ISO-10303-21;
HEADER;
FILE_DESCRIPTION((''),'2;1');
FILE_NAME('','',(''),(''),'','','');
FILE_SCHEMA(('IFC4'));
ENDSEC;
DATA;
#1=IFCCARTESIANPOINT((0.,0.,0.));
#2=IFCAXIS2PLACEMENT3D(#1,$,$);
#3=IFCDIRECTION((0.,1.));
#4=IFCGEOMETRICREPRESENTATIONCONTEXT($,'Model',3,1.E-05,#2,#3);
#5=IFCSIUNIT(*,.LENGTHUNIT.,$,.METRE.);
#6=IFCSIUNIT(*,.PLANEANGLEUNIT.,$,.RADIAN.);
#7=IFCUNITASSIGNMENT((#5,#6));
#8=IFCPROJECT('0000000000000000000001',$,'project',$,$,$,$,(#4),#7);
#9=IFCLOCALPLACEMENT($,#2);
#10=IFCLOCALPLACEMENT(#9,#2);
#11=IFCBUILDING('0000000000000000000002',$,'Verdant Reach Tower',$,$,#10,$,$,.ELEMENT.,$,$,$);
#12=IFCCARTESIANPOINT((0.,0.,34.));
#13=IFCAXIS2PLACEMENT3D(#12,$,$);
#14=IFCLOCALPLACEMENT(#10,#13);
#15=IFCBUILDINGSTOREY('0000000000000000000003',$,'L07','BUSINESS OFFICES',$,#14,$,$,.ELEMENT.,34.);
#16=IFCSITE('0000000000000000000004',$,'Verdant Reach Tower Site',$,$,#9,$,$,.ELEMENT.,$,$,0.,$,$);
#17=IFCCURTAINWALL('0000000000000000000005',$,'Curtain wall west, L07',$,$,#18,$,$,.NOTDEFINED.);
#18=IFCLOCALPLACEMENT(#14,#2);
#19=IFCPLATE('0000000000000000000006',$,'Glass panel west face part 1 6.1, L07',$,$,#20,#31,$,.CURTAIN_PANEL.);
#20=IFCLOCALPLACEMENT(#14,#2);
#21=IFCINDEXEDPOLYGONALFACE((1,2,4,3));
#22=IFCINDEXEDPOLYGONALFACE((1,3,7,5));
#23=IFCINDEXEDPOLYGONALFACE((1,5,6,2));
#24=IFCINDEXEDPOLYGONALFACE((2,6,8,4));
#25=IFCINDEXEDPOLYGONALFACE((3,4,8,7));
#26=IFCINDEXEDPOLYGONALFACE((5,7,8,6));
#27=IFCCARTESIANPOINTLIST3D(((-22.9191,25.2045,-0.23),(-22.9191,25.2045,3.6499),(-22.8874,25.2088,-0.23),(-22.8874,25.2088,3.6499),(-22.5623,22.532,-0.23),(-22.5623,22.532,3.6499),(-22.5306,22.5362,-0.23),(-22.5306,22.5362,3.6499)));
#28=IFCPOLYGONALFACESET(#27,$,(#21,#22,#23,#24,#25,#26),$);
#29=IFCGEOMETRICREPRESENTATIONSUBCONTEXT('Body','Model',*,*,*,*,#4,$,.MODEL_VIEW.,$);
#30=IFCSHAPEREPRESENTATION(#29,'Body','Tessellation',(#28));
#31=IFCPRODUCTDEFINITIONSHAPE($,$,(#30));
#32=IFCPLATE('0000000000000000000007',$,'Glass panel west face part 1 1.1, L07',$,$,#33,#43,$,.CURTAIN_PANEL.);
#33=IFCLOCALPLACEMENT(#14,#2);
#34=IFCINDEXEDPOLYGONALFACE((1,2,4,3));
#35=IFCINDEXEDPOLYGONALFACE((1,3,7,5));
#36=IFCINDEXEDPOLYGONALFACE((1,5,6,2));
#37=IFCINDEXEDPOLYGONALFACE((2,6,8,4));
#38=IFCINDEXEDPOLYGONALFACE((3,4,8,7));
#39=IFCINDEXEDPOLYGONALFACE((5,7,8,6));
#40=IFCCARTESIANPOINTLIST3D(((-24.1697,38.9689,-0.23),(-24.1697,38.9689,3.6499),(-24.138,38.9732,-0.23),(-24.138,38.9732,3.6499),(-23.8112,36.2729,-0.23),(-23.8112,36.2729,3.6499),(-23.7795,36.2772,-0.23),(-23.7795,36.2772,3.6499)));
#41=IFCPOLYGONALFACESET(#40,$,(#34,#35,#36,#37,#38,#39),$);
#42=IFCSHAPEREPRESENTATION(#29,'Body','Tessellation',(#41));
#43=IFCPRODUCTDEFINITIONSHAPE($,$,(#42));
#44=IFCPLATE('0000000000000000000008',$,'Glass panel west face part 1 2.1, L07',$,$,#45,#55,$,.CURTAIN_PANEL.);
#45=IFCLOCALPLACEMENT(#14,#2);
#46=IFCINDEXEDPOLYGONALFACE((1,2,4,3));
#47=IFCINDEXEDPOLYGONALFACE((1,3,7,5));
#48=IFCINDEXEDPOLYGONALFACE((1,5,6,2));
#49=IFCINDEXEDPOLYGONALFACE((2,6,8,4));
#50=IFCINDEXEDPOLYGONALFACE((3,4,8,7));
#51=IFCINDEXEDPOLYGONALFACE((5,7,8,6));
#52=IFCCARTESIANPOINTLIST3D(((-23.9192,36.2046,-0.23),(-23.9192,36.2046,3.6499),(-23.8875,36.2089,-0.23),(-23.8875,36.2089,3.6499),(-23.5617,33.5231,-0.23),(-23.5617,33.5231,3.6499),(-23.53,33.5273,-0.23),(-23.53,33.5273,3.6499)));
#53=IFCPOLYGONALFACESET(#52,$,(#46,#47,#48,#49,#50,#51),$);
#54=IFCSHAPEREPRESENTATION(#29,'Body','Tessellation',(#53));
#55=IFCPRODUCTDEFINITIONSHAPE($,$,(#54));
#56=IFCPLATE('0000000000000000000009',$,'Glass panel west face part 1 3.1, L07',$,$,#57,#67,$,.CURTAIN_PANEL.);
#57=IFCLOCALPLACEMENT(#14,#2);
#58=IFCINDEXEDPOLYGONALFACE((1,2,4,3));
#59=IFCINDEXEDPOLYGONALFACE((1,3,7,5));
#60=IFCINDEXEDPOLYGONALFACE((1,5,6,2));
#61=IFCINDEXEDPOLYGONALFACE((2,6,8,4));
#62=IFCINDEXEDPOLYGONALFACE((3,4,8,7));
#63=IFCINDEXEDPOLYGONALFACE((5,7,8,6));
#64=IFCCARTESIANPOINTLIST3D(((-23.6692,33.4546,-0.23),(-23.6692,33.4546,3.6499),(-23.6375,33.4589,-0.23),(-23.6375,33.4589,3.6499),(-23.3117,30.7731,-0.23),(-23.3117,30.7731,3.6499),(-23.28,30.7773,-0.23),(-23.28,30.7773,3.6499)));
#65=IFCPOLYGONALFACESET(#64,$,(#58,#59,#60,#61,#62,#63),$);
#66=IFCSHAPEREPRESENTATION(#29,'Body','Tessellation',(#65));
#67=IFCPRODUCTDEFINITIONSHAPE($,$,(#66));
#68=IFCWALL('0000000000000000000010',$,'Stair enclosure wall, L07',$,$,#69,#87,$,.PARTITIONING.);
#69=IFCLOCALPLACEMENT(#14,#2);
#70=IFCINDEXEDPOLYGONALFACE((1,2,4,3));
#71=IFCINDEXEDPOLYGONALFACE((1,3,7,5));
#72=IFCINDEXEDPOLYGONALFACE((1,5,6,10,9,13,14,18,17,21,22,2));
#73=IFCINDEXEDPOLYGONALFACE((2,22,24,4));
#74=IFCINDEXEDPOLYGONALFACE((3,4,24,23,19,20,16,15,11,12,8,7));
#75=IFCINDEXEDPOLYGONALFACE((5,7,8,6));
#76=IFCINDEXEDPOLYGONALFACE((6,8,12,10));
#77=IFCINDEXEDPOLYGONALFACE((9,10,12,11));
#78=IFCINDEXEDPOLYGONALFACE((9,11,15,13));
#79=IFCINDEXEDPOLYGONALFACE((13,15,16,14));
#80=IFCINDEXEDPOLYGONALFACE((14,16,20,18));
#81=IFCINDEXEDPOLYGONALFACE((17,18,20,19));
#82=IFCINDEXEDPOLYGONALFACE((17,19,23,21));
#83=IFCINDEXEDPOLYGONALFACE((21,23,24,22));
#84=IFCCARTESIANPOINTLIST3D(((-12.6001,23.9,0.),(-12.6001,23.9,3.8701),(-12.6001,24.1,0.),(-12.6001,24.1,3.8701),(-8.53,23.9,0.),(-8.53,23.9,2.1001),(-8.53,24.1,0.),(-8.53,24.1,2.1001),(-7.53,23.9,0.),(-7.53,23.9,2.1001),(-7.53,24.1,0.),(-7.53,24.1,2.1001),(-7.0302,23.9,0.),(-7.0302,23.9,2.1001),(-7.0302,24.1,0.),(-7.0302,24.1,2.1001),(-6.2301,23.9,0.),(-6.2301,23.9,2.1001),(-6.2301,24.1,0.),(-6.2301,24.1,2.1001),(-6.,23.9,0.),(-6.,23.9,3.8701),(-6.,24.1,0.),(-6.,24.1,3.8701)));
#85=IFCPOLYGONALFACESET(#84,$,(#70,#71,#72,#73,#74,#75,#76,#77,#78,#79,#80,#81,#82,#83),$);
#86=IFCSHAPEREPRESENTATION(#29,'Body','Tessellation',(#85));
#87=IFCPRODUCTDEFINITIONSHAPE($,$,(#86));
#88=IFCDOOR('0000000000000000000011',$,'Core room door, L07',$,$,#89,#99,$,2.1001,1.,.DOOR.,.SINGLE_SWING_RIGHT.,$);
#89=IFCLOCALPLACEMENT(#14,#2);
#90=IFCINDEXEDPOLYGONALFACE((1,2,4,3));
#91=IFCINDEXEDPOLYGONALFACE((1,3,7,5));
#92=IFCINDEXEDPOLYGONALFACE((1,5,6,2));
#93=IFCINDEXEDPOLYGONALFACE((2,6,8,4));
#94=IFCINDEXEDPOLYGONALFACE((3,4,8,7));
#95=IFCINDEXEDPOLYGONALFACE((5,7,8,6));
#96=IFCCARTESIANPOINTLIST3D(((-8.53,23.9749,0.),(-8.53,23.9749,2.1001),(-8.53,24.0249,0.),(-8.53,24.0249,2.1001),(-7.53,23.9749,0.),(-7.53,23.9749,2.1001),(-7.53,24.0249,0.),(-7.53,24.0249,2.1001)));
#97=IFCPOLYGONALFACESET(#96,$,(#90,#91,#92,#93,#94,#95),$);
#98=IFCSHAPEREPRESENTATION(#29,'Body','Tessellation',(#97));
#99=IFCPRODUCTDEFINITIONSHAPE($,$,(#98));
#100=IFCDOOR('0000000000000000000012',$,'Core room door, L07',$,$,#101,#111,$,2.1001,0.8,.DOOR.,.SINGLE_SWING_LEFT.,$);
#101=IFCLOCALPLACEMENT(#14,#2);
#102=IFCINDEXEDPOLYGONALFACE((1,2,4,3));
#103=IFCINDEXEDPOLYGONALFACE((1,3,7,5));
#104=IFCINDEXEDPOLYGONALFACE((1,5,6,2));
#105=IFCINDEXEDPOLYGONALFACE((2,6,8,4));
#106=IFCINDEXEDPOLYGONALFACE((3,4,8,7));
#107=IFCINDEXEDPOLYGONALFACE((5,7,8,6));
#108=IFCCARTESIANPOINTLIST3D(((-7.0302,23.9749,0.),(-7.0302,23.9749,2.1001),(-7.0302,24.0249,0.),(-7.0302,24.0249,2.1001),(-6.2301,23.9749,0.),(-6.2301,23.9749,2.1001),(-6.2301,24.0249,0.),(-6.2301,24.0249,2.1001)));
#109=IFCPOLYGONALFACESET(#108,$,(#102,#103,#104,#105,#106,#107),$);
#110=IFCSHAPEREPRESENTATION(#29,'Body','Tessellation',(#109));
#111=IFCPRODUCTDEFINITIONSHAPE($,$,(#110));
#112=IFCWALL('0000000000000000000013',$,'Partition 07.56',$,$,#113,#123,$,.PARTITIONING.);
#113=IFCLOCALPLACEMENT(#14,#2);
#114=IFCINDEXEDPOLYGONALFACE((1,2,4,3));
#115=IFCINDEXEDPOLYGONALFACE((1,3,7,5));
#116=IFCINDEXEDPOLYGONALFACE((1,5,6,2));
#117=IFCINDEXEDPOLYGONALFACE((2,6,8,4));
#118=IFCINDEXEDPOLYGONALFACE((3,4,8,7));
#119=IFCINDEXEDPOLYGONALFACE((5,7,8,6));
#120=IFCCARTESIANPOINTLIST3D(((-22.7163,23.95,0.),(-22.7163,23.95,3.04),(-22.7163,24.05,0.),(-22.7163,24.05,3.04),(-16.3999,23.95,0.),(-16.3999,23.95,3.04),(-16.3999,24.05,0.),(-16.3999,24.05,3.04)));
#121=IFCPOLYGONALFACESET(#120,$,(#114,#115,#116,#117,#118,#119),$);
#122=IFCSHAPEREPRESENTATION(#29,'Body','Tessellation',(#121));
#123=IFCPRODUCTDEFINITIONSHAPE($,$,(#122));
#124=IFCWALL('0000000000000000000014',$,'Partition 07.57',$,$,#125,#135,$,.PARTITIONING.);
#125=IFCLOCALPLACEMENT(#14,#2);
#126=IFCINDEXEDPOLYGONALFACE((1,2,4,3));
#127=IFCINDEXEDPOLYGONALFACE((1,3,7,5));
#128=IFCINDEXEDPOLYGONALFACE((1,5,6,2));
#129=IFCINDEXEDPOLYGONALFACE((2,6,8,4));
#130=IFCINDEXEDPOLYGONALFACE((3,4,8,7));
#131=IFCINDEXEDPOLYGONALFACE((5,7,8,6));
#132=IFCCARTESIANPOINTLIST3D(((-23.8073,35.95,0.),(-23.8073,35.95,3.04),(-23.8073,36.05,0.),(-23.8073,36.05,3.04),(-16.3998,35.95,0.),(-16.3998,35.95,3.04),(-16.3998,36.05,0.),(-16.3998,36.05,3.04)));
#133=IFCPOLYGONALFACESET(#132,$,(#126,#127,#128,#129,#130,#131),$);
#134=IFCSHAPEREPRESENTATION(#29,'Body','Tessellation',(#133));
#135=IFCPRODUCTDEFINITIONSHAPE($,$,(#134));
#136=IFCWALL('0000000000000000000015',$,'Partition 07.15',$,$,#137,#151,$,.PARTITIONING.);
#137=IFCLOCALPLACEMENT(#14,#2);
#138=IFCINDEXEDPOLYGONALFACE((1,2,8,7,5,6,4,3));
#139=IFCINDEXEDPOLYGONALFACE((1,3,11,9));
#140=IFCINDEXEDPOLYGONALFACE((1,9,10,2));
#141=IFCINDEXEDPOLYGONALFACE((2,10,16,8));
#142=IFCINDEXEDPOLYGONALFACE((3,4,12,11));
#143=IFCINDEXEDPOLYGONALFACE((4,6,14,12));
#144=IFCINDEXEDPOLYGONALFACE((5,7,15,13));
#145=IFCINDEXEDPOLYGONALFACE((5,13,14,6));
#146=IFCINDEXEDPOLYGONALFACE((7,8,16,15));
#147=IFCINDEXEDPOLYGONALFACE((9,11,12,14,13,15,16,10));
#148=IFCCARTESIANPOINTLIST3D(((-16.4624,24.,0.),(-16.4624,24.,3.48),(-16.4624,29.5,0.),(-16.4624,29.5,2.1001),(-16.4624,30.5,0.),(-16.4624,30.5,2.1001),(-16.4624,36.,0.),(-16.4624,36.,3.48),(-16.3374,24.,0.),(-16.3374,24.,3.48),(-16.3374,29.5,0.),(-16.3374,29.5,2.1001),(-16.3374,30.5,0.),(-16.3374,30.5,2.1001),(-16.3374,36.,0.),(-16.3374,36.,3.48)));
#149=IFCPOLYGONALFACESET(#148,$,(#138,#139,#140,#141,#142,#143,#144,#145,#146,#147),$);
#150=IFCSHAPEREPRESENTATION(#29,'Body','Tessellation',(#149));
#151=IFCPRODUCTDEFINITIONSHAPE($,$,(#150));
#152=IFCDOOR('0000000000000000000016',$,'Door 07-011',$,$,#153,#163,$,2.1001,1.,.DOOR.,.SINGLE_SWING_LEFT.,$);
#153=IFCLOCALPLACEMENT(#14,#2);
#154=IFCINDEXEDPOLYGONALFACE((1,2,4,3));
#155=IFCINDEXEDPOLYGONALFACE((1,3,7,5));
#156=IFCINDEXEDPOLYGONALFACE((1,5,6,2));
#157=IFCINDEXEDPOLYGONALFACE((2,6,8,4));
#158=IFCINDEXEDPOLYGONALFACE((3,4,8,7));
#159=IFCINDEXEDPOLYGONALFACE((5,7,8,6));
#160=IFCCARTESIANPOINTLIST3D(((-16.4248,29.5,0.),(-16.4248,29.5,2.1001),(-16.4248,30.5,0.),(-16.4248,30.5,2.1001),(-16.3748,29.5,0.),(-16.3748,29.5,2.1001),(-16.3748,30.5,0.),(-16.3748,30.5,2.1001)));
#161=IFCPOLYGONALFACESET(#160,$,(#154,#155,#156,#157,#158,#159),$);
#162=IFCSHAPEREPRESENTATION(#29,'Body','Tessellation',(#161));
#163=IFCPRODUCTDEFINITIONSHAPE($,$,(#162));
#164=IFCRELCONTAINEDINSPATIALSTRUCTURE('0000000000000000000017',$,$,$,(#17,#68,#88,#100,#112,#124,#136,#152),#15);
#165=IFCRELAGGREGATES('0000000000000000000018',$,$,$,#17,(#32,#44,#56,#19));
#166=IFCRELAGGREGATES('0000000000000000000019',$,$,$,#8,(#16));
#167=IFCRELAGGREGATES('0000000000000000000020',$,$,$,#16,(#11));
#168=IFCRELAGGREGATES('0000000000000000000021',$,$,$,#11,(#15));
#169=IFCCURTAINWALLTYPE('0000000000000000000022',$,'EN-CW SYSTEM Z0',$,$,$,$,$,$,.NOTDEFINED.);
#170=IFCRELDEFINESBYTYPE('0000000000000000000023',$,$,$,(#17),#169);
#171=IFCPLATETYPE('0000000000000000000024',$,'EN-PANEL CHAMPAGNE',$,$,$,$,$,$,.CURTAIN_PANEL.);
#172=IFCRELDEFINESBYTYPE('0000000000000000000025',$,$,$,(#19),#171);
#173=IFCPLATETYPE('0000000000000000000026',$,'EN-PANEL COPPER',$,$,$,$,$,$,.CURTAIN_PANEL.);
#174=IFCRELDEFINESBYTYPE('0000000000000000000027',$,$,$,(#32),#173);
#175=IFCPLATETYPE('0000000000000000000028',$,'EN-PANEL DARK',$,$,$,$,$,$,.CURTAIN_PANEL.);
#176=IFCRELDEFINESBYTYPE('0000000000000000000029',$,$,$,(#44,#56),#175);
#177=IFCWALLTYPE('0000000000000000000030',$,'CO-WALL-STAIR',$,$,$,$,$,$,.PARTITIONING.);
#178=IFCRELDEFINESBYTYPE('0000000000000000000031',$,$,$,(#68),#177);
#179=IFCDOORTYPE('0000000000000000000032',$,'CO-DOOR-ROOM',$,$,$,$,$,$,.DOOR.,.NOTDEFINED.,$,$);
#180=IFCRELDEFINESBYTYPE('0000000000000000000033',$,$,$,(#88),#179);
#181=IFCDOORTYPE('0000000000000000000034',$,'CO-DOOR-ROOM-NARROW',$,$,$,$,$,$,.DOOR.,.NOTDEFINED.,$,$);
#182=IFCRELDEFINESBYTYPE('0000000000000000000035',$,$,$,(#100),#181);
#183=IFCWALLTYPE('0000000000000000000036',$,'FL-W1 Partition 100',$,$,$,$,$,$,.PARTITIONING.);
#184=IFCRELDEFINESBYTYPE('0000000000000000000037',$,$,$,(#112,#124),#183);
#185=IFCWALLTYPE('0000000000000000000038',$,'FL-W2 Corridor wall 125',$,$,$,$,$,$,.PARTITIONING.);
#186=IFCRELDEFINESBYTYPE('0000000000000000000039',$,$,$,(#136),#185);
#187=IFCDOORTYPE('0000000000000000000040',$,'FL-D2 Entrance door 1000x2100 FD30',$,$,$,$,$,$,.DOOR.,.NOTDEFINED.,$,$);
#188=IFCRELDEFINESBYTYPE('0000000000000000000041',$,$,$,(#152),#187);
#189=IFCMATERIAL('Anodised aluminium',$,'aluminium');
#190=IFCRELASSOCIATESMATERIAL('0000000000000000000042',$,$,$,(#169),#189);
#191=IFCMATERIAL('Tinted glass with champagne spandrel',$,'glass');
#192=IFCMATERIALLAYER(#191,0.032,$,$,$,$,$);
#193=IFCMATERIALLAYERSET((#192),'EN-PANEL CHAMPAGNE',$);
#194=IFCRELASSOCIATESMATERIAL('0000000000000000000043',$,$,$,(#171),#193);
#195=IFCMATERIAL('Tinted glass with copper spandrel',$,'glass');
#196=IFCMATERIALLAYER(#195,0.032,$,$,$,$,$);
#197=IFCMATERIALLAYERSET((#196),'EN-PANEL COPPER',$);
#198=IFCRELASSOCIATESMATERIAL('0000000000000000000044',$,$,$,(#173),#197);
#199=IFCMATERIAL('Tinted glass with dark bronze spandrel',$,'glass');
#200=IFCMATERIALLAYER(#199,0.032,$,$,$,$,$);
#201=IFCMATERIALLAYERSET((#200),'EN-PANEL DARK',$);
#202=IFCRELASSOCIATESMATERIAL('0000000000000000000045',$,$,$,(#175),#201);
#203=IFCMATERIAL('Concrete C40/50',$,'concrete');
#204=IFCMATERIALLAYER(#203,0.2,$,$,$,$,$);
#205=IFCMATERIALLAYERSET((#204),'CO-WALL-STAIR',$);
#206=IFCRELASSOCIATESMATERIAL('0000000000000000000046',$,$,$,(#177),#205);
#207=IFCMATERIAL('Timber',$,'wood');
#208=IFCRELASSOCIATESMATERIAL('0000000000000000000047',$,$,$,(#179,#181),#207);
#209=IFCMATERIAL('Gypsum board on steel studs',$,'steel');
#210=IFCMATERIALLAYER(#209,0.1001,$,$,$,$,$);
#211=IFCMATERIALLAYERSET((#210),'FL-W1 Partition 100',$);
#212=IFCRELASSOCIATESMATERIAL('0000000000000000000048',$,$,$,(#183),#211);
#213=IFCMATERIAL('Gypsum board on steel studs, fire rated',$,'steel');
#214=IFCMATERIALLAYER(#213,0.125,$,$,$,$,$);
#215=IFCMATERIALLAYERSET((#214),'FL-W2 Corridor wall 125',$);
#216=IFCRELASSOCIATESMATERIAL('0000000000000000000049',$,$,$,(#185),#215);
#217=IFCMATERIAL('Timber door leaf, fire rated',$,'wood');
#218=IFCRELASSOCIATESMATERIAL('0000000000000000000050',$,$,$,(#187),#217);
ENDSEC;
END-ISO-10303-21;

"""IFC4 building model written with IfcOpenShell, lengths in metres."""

from ifc_helpers import new_model, si_unit, direction, frame, frame_2d, origin, origin_2d, place, context, subcontext, project, spatial, rectangle, extrude, material, layer, layer_set, type_object, element, fill, aggregate, save


model = new_model("IFC4")

# Units and contexts
model_context = context("Model", 3, precision=1e-05, world=origin(), true_north=direction((0.0, 1.0)))
body_context = subcontext(model_context, "Body", "Model", "MODEL_VIEW")
ifc_project = project(units=[si_unit("LENGTHUNIT", "METRE"), si_unit("PLANEANGLEUNIT", "RADIAN")], contexts=[model_context])

# Site, building, storey
site_placement = place(None, origin())
site = spatial("IfcSite", under=ifc_project, at=site_placement, Name="Verdant Reach Tower Site", CompositionType="ELEMENT", RefElevation=0.0)
building_placement = place(site_placement, origin())
building = spatial("IfcBuilding", under=site, at=building_placement, Name="Verdant Reach Tower", CompositionType="ELEMENT")
storey_placement = place(building_placement, frame((0.0, 0.0, 34.0)))
storey = spatial("IfcBuildingStorey", under=building, at=storey_placement, Name="L07", Description="BUSINESS OFFICES", CompositionType="ELEMENT", Elevation=34.0)

# Curtain wall, plates
ifc_material_1 = material(Name="Anodised aluminium", Category="aluminium")
curtain_wall_type = type_object("IfcCurtainWallType", Name="EN-CW SYSTEM Z0", PredefinedType="NOTDEFINED", material=ifc_material_1)
curtain_wall_placement = place(storey_placement, origin())
curtain_wall = element("IfcCurtainWall", 1, at=curtain_wall_placement, inside=storey, type_object=curtain_wall_type, Name="Curtain wall west, L07", PredefinedType="NOTDEFINED")
ifc_material_2 = material(Name="Tinted glass with champagne spandrel", Category="glass")
ifc_layer_1 = layer(ifc_material_2, 0.032)
ifc_layer_set_1 = layer_set([ifc_layer_1], Name="EN-PANEL CHAMPAGNE")
plate_type_1 = type_object("IfcPlateType", Name="EN-PANEL CHAMPAGNE", PredefinedType="CURTAIN_PANEL", material=ifc_layer_set_1)
plate_1_placement = place(storey_placement, frame((-22.7249, 23.8704, -0.23), z_axis=(0.0, 0.0, 1.0), x_axis=(0.132308, -0.991209, 0.0)))
plate_1 = element("IfcPlate", 2, at=plate_1_placement, type_object=plate_type_1, Name="Glass panel west face part 1 6.1, L07", PredefinedType="CURTAIN_PANEL", context=body_context, shape_type="SweptSolid", body=[
    extrude(rectangle(XDim=2.6963, YDim=0.032, at=origin_2d()), origin(), (0.0, 0.0, 1.0), 3.8799),
])
ifc_material_3 = material(Name="Tinted glass with copper spandrel", Category="glass")
ifc_layer_2 = layer(ifc_material_3, 0.032)
ifc_layer_set_2 = layer_set([ifc_layer_2], Name="EN-PANEL COPPER")
plate_type_2 = type_object("IfcPlateType", Name="EN-PANEL COPPER", PredefinedType="CURTAIN_PANEL", material=ifc_layer_set_2)
plate_2_placement = place(storey_placement, frame((-23.9746, 37.623, -0.23), z_axis=(0.0, 0.0, 1.0), x_axis=(0.131793, -0.991277, 0.0)))
plate_2 = element("IfcPlate", 3, at=plate_2_placement, type_object=plate_type_2, Name="Glass panel west face part 1 1.1, L07", PredefinedType="CURTAIN_PANEL", context=body_context, shape_type="SweptSolid", body=[
    extrude(rectangle(XDim=2.7197, YDim=0.032, at=origin_2d()), origin(), (0.0, 0.0, 1.0), 3.8799),
])
ifc_material_4 = material(Name="Tinted glass with dark bronze spandrel", Category="glass")
ifc_layer_3 = layer(ifc_material_4, 0.032)
ifc_layer_set_3 = layer_set([ifc_layer_3], Name="EN-PANEL DARK")
plate_type_3 = type_object("IfcPlateType", Name="EN-PANEL DARK", PredefinedType="CURTAIN_PANEL", material=ifc_layer_set_3)
plate_3_placement = place(storey_placement, frame((-23.7246, 34.866, -0.23), z_axis=(0.0, 0.0, 1.0), x_axis=(0.13216, -0.991228, 0.0)))
plate_3 = element("IfcPlate", 4, at=plate_3_placement, type_object=plate_type_3, Name="Glass panel west face part 1 2.1, L07", PredefinedType="CURTAIN_PANEL", context=body_context, shape_type="SweptSolid", body=[
    extrude(rectangle(XDim=2.7053, YDim=0.032, at=origin_2d()), origin(), (0.0, 0.0, 1.0), 3.8799),
])
plate_4_placement = place(storey_placement, frame((-23.4746, 32.116, -0.23), z_axis=(0.0, 0.0, 1.0), x_axis=(0.13216, -0.991228, 0.0)))
plate_4 = element("IfcPlate", 5, at=plate_4_placement, type_object=plate_type_3, Name="Glass panel west face part 1 3.1, L07", PredefinedType="CURTAIN_PANEL", context=body_context, shape_type="SweptSolid", body=[
    extrude(rectangle(XDim=2.7053, YDim=0.032, at=origin_2d()), origin(), (0.0, 0.0, 1.0), 3.8799),
])
aggregate(curtain_wall, [plate_2, plate_3, plate_4, plate_1])

# Wall, openings, doors
ifc_material_5 = material(Name="Concrete C40/50", Category="concrete")
ifc_layer_4 = layer(ifc_material_5, 0.2)
ifc_layer_set_4 = layer_set([ifc_layer_4], Name="CO-WALL-STAIR")
wall_type_1 = type_object("IfcWallType", Name="CO-WALL-STAIR", PredefinedType="PARTITIONING", material=ifc_layer_set_4)
wall_1_placement = place(storey_placement, frame((-12.6001, 24.0, 0.0), z_axis=(0.0, 0.0, 1.0), x_axis=(1.0, 0.0, 0.0)))
wall_1 = element("IfcWall", 6, at=wall_1_placement, inside=storey, type_object=wall_type_1, Name="Stair enclosure wall, L07", PredefinedType="PARTITIONING", context=body_context, shape_type="SweptSolid", body=[
    extrude(rectangle(XDim=6.6001, YDim=0.2, at=frame_2d((3.3, 0.0))), origin(), (0.0, 0.0, 1.0), 3.8701),
])
opening_1_placement = place(wall_1_placement, frame((4.0701, 0.0, 0.0)))
opening_1 = element("IfcOpeningElement", 7, at=opening_1_placement, cuts=wall_1, PredefinedType="OPENING", context=body_context, shape_type="SweptSolid", body=[
    extrude(rectangle(XDim=1.0, YDim=2.1001, at=frame_2d((0.5, 1.05))), frame((0.0, 0.1099, 0.0), z_axis=(0.0, -1.0, 0.0), x_axis=(1.0, 0.0, 0.0)), (0.0, 0.0, 1.0), 0.22),
])
opening_2_placement = place(wall_1_placement, frame((5.5701, 0.0, 0.0)))
opening_2 = element("IfcOpeningElement", 8, at=opening_2_placement, cuts=wall_1, PredefinedType="OPENING", context=body_context, shape_type="SweptSolid", body=[
    extrude(rectangle(XDim=0.8, YDim=2.1001, at=frame_2d((0.3999, 1.05))), frame((0.0, 0.1099, 0.0), z_axis=(0.0, -1.0, 0.0), x_axis=(1.0, 0.0, 0.0)), (0.0, 0.0, 1.0), 0.22),
])
ifc_material_6 = material(Name="Timber", Category="wood")
door_type_1 = type_object("IfcDoorType", Name="CO-DOOR-ROOM", OperationType="NOTDEFINED", PredefinedType="DOOR", material=ifc_material_6)
door_1_placement = place(opening_1_placement, origin())
door_1 = element("IfcDoor", 9, at=door_1_placement, inside=storey, type_object=door_type_1, Name="Core room door, L07", OperationType="SINGLE_SWING_RIGHT", OverallHeight=2.1001, OverallWidth=1.0, PredefinedType="DOOR", context=body_context, shape_type="SweptSolid", body=[
    extrude(rectangle(XDim=1.0, YDim=2.1001, at=frame_2d((0.5, 1.05))), frame((0.0, 0.0249, 0.0), z_axis=(0.0, -1.0, 0.0), x_axis=(1.0, 0.0, 0.0)), (0.0, 0.0, 1.0), 0.05),
])
fill(opening_1, door_1)
door_type_2 = type_object("IfcDoorType", Name="CO-DOOR-ROOM-NARROW", OperationType="NOTDEFINED", PredefinedType="DOOR", material=ifc_material_6)
door_2_placement = place(opening_2_placement, origin())
door_2 = element("IfcDoor", 10, at=door_2_placement, inside=storey, type_object=door_type_2, Name="Core room door, L07", OperationType="SINGLE_SWING_LEFT", OverallHeight=2.1001, OverallWidth=0.8, PredefinedType="DOOR", context=body_context, shape_type="SweptSolid", body=[
    extrude(rectangle(XDim=0.8, YDim=2.1001, at=frame_2d((0.3999, 1.05))), frame((0.0, 0.0249, 0.0), z_axis=(0.0, -1.0, 0.0), x_axis=(1.0, 0.0, 0.0)), (0.0, 0.0, 1.0), 0.05),
])
fill(opening_2, door_2)

# Walls
ifc_material_7 = material(Name="Gypsum board on steel studs", Category="steel")
ifc_layer_5 = layer(ifc_material_7, 0.1001)
ifc_layer_set_5 = layer_set([ifc_layer_5], Name="FL-W1 Partition 100")
wall_type_2 = type_object("IfcWallType", Name="FL-W1 Partition 100", PredefinedType="PARTITIONING", material=ifc_layer_set_5)
wall_2_placement = place(storey_placement, frame((-16.3999, 24.0, 0.0), z_axis=(0.0, 0.0, 1.0), x_axis=(-1.0, 0.0, 0.0)))
element("IfcWall", 11, at=wall_2_placement, inside=storey, type_object=wall_type_2, Name="Partition 07.56", PredefinedType="PARTITIONING", context=body_context, shape_type="SweptSolid", body=[
    extrude(rectangle(XDim=6.3164, YDim=0.1001, at=frame_2d((3.1582, 0.0))), origin(), (0.0, 0.0, 1.0), 3.04),
])
wall_3_placement = place(storey_placement, frame((-16.3999, 36.0, 0.0), z_axis=(0.0, 0.0, 1.0), x_axis=(-1.0, 0.0, 0.0)))
element("IfcWall", 12, at=wall_3_placement, inside=storey, type_object=wall_type_2, Name="Partition 07.57", PredefinedType="PARTITIONING", context=body_context, shape_type="SweptSolid", body=[
    extrude(rectangle(XDim=7.4075, YDim=0.1001, at=frame_2d((3.7036, 0.0))), origin(), (0.0, 0.0, 1.0), 3.04),
])

# Wall, opening, door
ifc_material_8 = material(Name="Gypsum board on steel studs, fire rated", Category="steel")
ifc_layer_6 = layer(ifc_material_8, 0.125)
ifc_layer_set_6 = layer_set([ifc_layer_6], Name="FL-W2 Corridor wall 125")
wall_type_3 = type_object("IfcWallType", Name="FL-W2 Corridor wall 125", PredefinedType="PARTITIONING", material=ifc_layer_set_6)
wall_4_placement = place(storey_placement, frame((-16.3999, 24.0, 0.0), z_axis=(0.0, 0.0, 1.0), x_axis=(0.0, 1.0, 0.0)))
wall_4 = element("IfcWall", 13, at=wall_4_placement, inside=storey, type_object=wall_type_3, Name="Partition 07.15", PredefinedType="PARTITIONING", context=body_context, shape_type="SweptSolid", body=[
    extrude(rectangle(XDim=12.0, YDim=0.125, at=frame_2d((6.0, 0.0))), origin(), (0.0, 0.0, 1.0), 3.48),
])
opening_3_placement = place(wall_4_placement, frame((5.5, 0.0, 0.0)))
opening_3 = element("IfcOpeningElement", 14, at=opening_3_placement, cuts=wall_4, PredefinedType="OPENING", context=body_context, shape_type="SweptSolid", body=[
    extrude(rectangle(XDim=1.0, YDim=2.1001, at=frame_2d((0.5, 1.05))), frame((0.0, 0.0725, 0.0), z_axis=(0.0, -1.0, 0.0), x_axis=(1.0, 0.0, 0.0)), (0.0, 0.0, 1.0), 0.145),
])
ifc_material_9 = material(Name="Timber door leaf, fire rated", Category="wood")
door_type_3 = type_object("IfcDoorType", Name="FL-D2 Entrance door 1000x2100 FD30", OperationType="NOTDEFINED", PredefinedType="DOOR", material=ifc_material_9)
door_3_placement = place(opening_3_placement, origin())
door_3 = element("IfcDoor", 15, at=door_3_placement, inside=storey, type_object=door_type_3, Name="Door 07-011", OperationType="SINGLE_SWING_LEFT", OverallHeight=2.1001, OverallWidth=1.0, PredefinedType="DOOR", context=body_context, shape_type="SweptSolid", body=[
    extrude(rectangle(XDim=1.0, YDim=2.1001, at=frame_2d((0.5, 1.05))), frame((0.0, 0.0249, 0.0), z_axis=(0.0, -1.0, 0.0), x_axis=(1.0, 0.0, 0.0)), (0.0, 0.0, 1.0), 0.05),
])
fill(opening_3, door_3)

save(model, "model.ifc")
